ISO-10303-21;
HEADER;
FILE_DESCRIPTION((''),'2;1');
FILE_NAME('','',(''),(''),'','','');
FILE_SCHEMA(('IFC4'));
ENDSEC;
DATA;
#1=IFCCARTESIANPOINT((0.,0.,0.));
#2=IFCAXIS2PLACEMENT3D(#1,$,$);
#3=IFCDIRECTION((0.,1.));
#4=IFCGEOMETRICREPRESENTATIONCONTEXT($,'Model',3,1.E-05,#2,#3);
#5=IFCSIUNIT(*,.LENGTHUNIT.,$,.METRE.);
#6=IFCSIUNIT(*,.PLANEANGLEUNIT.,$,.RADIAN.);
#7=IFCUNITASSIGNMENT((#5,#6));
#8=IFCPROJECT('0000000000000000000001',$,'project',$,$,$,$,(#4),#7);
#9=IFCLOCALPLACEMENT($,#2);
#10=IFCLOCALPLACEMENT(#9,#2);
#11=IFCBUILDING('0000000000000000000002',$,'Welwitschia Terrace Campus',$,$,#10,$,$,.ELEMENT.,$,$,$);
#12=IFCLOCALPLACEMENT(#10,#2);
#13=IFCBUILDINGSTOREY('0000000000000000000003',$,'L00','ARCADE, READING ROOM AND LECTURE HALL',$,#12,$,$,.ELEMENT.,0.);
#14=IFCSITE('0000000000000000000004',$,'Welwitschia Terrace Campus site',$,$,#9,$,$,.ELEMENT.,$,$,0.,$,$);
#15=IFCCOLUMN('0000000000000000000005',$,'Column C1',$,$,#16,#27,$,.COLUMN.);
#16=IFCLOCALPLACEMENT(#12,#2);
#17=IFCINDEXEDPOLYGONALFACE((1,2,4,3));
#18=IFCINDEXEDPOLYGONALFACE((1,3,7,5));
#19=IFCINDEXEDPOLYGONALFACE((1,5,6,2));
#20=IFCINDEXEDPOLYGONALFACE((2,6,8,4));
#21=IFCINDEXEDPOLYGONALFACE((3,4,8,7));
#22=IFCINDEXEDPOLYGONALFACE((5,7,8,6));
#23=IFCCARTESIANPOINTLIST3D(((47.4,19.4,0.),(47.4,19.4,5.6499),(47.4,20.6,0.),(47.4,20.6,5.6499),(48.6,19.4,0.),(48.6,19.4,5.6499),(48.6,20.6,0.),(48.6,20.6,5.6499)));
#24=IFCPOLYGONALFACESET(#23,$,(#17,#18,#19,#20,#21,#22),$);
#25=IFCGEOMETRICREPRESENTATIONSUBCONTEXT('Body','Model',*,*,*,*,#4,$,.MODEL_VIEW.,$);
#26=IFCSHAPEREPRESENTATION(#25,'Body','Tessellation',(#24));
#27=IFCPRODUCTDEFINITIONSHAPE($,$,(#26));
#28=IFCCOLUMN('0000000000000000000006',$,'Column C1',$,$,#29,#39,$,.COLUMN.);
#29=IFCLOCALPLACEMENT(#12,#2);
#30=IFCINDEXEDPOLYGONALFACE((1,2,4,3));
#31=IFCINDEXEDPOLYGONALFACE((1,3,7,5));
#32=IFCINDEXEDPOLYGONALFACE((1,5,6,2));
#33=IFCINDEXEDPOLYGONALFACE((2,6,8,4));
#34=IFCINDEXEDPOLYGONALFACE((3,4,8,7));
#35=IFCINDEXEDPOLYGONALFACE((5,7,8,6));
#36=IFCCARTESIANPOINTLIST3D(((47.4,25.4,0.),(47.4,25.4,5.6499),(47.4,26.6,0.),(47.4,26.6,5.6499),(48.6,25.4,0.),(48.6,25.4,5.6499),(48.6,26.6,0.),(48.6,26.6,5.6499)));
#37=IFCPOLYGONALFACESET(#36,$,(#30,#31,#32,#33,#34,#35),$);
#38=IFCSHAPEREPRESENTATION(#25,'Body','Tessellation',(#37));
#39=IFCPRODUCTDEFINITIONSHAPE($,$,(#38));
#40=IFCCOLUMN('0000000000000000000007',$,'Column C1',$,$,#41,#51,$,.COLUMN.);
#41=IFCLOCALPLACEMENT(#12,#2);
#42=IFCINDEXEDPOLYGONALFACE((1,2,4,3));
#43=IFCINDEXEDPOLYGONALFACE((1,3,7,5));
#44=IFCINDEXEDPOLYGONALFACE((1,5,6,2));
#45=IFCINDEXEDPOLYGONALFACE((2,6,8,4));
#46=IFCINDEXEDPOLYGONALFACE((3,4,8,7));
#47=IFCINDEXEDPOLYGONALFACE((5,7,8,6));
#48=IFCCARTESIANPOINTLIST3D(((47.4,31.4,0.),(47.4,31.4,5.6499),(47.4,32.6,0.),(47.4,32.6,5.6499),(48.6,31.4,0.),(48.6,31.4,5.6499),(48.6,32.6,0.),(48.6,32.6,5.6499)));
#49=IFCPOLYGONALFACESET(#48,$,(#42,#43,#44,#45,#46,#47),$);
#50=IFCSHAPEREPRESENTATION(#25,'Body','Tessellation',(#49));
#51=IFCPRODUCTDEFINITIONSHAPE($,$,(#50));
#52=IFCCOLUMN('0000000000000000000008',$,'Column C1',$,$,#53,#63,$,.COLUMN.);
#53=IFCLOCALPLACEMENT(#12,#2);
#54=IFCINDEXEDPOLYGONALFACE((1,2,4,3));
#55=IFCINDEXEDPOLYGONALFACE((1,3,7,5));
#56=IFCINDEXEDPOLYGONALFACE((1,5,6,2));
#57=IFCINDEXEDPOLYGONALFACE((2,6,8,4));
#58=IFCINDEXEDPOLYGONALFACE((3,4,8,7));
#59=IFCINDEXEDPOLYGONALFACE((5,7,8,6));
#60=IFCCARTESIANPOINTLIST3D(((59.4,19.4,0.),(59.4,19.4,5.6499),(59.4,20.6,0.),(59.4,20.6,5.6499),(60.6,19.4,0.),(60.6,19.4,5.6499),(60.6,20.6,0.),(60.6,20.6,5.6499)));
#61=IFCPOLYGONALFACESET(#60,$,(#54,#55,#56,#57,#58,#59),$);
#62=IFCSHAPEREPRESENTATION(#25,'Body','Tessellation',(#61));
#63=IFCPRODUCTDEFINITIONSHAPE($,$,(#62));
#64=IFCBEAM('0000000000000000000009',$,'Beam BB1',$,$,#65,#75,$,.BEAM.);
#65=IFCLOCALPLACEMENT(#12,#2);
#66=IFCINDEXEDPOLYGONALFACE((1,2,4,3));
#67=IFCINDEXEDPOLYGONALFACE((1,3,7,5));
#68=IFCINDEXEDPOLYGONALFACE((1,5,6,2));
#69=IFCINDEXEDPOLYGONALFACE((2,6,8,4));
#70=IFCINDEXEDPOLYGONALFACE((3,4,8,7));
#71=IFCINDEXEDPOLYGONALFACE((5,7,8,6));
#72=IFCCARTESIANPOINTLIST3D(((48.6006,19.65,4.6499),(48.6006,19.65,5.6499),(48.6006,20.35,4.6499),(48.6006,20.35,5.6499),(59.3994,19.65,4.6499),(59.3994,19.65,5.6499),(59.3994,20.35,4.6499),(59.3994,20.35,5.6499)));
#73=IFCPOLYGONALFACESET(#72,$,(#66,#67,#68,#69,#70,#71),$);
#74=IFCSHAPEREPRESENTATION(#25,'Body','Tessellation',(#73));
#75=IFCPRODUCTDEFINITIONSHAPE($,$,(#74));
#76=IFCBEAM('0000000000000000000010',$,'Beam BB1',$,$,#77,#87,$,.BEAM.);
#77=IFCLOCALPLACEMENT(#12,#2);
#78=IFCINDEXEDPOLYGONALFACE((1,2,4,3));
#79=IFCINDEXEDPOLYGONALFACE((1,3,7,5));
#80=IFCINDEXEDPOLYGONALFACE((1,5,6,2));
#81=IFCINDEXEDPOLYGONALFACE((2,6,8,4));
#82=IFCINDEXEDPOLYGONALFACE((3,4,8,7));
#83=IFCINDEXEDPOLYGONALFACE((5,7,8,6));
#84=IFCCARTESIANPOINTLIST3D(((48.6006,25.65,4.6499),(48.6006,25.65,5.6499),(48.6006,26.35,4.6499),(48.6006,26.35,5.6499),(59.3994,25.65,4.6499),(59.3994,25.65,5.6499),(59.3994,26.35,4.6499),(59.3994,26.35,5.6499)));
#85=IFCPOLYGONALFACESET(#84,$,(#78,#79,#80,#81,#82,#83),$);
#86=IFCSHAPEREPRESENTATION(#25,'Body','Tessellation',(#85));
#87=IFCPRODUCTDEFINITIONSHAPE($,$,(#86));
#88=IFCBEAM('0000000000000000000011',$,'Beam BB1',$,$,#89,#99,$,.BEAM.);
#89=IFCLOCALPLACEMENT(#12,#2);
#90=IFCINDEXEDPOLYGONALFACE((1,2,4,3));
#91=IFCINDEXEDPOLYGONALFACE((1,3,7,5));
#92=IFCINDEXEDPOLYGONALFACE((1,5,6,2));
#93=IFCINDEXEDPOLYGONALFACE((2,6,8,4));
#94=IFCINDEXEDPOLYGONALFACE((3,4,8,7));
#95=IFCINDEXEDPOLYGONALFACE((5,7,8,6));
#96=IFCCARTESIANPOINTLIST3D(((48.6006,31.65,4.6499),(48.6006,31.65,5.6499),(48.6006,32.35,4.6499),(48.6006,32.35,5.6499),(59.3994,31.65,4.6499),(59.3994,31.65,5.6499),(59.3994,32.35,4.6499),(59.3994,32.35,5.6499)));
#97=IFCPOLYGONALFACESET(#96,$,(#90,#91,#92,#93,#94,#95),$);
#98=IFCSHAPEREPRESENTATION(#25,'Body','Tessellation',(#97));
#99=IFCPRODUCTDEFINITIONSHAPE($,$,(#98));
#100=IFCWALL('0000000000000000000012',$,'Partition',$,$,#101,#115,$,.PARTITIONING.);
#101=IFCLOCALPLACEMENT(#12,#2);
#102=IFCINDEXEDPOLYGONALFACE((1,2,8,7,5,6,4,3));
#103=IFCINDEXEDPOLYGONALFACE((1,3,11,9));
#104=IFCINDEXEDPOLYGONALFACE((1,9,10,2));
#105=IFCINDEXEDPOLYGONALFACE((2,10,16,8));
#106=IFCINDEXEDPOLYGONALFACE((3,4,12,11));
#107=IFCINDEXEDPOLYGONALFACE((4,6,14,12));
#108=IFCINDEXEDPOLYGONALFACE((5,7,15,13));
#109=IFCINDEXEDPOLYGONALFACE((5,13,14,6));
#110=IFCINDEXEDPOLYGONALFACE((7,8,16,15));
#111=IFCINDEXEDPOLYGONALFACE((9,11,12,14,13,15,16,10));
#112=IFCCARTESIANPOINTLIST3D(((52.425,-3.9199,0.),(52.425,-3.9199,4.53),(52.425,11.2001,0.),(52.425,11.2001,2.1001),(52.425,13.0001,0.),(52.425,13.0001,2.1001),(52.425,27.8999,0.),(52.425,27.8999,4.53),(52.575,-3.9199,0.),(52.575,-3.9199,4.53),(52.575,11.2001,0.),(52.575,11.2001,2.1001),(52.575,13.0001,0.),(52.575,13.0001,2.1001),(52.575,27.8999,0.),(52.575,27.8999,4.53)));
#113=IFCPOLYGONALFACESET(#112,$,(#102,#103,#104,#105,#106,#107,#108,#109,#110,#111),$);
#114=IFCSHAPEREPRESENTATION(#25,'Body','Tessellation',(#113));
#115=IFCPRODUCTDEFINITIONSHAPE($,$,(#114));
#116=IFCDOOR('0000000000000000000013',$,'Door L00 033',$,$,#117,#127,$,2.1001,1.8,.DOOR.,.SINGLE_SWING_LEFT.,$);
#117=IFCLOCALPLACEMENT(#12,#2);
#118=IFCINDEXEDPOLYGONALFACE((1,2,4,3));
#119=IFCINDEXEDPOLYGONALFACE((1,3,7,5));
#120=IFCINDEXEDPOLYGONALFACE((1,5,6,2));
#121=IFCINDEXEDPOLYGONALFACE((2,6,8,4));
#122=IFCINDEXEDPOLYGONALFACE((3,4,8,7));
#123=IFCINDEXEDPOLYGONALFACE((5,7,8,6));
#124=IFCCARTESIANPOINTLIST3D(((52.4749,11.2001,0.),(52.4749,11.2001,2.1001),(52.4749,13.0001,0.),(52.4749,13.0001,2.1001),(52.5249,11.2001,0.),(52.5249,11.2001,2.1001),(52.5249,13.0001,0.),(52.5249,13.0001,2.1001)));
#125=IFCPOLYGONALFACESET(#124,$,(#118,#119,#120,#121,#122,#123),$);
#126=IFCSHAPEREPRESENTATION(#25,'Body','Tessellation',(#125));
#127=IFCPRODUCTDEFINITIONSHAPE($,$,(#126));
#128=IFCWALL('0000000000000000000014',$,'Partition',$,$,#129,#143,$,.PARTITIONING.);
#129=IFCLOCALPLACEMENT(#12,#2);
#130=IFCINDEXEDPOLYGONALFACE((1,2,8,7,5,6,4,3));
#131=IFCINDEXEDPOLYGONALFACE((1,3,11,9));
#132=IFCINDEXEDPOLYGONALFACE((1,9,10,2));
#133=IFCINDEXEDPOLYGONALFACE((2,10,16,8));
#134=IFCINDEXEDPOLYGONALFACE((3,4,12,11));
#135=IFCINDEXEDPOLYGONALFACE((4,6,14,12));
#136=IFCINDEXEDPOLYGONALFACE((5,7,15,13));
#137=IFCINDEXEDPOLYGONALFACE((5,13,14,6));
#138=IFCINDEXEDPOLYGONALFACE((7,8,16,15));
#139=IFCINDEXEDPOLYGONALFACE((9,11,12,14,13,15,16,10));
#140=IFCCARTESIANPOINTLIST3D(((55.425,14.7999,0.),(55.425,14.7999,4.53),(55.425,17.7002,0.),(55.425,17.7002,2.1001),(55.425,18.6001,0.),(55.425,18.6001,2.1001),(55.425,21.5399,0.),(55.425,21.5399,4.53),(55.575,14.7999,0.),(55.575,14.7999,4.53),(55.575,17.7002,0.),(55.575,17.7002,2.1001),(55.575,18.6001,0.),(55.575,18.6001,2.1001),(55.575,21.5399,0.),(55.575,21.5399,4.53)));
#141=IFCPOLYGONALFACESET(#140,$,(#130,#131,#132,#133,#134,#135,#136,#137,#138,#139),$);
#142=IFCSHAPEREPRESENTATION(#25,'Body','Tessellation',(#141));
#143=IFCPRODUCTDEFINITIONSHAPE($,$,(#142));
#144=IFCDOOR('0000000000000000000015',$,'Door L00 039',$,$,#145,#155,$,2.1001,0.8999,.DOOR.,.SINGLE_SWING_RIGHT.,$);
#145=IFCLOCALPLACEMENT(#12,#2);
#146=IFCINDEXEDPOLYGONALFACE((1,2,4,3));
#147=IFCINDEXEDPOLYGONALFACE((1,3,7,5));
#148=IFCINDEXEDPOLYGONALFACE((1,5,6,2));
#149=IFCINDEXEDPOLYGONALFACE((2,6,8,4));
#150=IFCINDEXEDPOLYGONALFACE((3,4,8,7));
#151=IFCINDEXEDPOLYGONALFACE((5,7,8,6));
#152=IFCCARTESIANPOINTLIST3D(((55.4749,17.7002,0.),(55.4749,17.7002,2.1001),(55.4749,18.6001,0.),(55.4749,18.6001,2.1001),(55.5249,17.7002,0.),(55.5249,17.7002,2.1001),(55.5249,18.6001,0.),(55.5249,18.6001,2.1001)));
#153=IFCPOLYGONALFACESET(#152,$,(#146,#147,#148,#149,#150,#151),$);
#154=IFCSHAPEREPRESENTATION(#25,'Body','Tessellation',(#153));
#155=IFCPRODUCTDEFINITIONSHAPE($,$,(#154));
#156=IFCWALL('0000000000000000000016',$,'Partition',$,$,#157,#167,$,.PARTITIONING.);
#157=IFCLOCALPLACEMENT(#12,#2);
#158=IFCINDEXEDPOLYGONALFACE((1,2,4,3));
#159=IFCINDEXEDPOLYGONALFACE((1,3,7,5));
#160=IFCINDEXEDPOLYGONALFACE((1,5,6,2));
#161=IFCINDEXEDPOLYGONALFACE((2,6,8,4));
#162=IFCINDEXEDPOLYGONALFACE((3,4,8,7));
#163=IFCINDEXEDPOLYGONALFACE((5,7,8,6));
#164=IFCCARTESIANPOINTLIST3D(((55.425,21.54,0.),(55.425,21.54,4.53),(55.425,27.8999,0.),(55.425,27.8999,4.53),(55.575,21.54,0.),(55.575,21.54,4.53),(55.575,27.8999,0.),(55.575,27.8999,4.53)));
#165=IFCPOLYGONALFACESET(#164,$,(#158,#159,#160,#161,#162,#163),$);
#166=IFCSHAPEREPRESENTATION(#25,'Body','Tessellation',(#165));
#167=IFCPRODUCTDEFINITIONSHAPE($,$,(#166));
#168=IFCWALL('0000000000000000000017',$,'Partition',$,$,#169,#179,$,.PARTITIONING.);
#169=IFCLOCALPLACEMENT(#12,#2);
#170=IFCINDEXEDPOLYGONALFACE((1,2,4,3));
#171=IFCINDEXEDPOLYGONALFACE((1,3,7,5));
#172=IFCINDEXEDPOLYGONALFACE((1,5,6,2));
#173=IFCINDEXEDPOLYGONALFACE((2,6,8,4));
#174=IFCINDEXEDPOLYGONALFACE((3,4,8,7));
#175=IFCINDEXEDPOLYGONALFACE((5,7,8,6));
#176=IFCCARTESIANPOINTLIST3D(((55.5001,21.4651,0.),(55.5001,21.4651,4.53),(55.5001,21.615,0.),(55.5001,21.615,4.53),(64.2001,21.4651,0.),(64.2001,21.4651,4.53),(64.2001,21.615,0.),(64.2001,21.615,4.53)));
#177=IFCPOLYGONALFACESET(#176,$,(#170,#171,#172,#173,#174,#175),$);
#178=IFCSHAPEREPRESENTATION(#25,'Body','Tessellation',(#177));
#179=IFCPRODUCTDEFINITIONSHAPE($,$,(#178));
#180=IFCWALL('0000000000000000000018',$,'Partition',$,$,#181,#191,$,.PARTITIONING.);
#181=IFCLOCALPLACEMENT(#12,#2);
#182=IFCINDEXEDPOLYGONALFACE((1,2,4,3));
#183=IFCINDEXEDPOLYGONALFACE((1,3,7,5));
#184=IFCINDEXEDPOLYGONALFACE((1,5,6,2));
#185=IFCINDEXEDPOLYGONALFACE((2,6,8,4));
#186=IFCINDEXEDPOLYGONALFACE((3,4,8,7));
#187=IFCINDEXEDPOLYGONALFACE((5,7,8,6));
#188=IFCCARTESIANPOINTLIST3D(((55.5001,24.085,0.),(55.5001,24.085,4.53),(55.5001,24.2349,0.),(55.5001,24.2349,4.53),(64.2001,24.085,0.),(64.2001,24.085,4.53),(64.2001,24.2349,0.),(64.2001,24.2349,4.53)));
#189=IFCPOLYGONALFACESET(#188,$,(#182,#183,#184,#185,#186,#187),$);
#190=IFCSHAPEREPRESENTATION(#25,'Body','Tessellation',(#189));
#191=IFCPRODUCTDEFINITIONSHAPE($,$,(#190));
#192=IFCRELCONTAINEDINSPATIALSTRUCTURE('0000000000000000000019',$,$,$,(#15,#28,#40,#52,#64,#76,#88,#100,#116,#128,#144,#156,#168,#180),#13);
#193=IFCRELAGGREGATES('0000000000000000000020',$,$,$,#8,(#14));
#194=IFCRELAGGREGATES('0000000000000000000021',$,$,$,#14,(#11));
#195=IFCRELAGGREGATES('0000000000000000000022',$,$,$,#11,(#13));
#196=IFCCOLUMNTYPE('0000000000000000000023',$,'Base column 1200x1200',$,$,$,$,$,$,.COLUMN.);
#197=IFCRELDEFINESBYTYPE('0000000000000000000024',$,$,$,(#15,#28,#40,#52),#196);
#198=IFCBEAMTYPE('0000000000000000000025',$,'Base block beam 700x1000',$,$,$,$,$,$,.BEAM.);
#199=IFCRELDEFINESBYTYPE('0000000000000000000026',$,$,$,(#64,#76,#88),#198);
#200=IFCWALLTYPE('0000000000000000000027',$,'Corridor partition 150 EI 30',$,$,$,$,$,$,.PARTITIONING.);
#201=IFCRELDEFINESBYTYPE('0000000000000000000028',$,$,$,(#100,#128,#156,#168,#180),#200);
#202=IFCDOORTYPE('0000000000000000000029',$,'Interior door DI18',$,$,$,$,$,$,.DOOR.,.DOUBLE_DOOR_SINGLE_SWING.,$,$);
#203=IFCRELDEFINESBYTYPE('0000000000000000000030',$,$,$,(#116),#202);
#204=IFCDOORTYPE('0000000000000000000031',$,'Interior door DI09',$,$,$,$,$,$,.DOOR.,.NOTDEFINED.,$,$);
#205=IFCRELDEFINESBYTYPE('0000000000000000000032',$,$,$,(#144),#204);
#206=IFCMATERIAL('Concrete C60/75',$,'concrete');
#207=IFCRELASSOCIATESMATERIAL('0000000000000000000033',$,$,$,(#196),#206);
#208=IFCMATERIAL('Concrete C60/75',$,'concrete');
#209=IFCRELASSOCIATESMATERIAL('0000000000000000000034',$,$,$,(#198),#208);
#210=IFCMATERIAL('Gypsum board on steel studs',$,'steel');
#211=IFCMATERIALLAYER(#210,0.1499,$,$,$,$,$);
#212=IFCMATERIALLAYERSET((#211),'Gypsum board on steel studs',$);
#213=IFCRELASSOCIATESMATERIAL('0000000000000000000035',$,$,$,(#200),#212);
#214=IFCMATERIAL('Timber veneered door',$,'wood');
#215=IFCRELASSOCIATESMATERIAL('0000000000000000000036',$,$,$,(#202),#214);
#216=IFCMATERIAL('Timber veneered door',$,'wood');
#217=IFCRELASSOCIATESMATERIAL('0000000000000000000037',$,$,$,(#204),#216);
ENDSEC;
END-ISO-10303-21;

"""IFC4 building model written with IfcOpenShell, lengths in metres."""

from ifc_helpers import new_model, si_unit, direction, frame, frame_2d, origin, origin_2d, place, context, subcontext, project, spatial, rectangle, extrude, material, layer, layer_set, material_profile, profile_set, type_object, element, fill, save


model = new_model("IFC4")

# Units and contexts
model_context = context("Model", 3, precision=1e-05, world=origin(), true_north=direction((0.0, 1.0)))
body_context = subcontext(model_context, "Body", "Model", "MODEL_VIEW")
ifc_project = project(units=[si_unit("LENGTHUNIT", "METRE"), si_unit("PLANEANGLEUNIT", "RADIAN")], contexts=[model_context])

# Site, building, storey
site_placement = place(None, origin())
site = spatial("IfcSite", under=ifc_project, at=site_placement, Name="Welwitschia Terrace Campus site", CompositionType="ELEMENT", RefElevation=0.0)
building_placement = place(site_placement, origin())
building = spatial("IfcBuilding", under=site, at=building_placement, Name="Welwitschia Terrace Campus", CompositionType="ELEMENT")
storey_placement = place(building_placement, origin())
storey = spatial("IfcBuildingStorey", under=building, at=storey_placement, Name="L00", Description="ARCADE, READING ROOM AND LECTURE HALL", CompositionType="ELEMENT", Elevation=0.0)

# Columns
ifc_material_1 = material(Name="Concrete C60/75", Category="concrete")
ifc_material_profile_1 = material_profile(ifc_material_1, rectangle(XDim=1.2, YDim=1.2, at=origin_2d()))
ifc_profile_set_1 = profile_set([ifc_material_profile_1], Name="Concrete C60/75")
column_type = type_object("IfcColumnType", Name="Base column 1200x1200", PredefinedType="COLUMN", material=ifc_profile_set_1)
for number, where, z_axis, x_axis, name in (
    (1, (48.0, 20.0, 0.0), (0.0, 0.0, 1.0), (1.0, 0.0, 0.0), "Column C1"),
    (2, (48.0, 26.0, 0.0), (0.0, 0.0, 1.0), (1.0, 0.0, 0.0), "Column C1"),
    (3, (48.0, 32.0, 0.0), (0.0, 0.0, 1.0), (1.0, 0.0, 0.0), "Column C1"),
    (4, (60.0, 20.0, 0.0), (0.0, 0.0, 1.0), (1.0, 0.0, 0.0), "Column C1"),
):
    element("IfcColumn", number, at=place(storey_placement, frame(where, z_axis=z_axis, x_axis=x_axis)), inside=storey, type_object=column_type, Name=name, PredefinedType="COLUMN", context=body_context, shape_type="SweptSolid", body=[
        extrude(rectangle(XDim=1.2, YDim=1.2, at=origin_2d()), origin(), (0.0, 0.0, 1.0), 5.6499),
    ])

# Beams
ifc_material_2 = material(Name="Concrete C60/75", Category="concrete")
ifc_material_profile_2 = material_profile(ifc_material_2, rectangle(XDim=0.7, YDim=1.0, at=origin_2d()))
ifc_profile_set_2 = profile_set([ifc_material_profile_2], Name="Concrete C60/75")
beam_type = type_object("IfcBeamType", Name="Base block beam 700x1000", PredefinedType="BEAM", material=ifc_profile_set_2)
for number, where, z_axis, x_axis, name in (
    (5, (48.6006, 20.0, 5.1499), (1.0, 0.0, 0.0), (0.0, 1.0, 0.0), "Beam BB1"),
    (6, (48.6006, 26.0, 5.1499), (1.0, 0.0, 0.0), (0.0, 1.0, 0.0), "Beam BB1"),
    (7, (48.6006, 32.0, 5.1499), (1.0, 0.0, 0.0), (0.0, 1.0, 0.0), "Beam BB1"),
):
    element("IfcBeam", number, at=place(storey_placement, frame(where, z_axis=z_axis, x_axis=x_axis)), inside=storey, type_object=beam_type, Name=name, PredefinedType="BEAM", context=body_context, shape_type="SweptSolid", body=[
        extrude(rectangle(XDim=0.7, YDim=1.0, at=origin_2d()), origin(), (0.0, 0.0, 1.0), 10.7988),
    ])

# Walls, openings, doors
ifc_material_3 = material(Name="Gypsum board on steel studs", Category="steel")
ifc_layer = layer(ifc_material_3, 0.1499)
ifc_layer_set = layer_set([ifc_layer], Name="Gypsum board on steel studs")
wall_type = type_object("IfcWallType", Name="Corridor partition 150 EI 30", PredefinedType="PARTITIONING", material=ifc_layer_set)
wall_1_placement = place(storey_placement, frame((52.5, 27.8999, 0.0), z_axis=(0.0, 0.0, 1.0), x_axis=(0.0, -1.0, 0.0)))
wall_1 = element("IfcWall", 8, at=wall_1_placement, inside=storey, type_object=wall_type, Name="Partition", PredefinedType="PARTITIONING", context=body_context, shape_type="SweptSolid", body=[
    extrude(rectangle(XDim=31.8198, YDim=0.1499, at=frame_2d((15.9099, 0.0))), origin(), (0.0, 0.0, 1.0), 4.53),
])
opening_1_placement = place(wall_1_placement, frame((14.8999, 0.0, 0.0)))
opening_1 = element("IfcOpeningElement", 9, at=opening_1_placement, cuts=wall_1, PredefinedType="OPENING", context=body_context, shape_type="SweptSolid", body=[
    extrude(rectangle(XDim=1.8, YDim=2.1001, at=frame_2d((0.8999, 1.05))), frame((0.0, 0.085, 0.0), z_axis=(0.0, -1.0, 0.0), x_axis=(1.0, 0.0, 0.0)), (0.0, 0.0, 1.0), 0.1699),
])
ifc_material_4 = material(Name="Timber veneered door", Category="wood")
door_type_1 = type_object("IfcDoorType", Name="Interior door DI18", OperationType="DOUBLE_DOOR_SINGLE_SWING", PredefinedType="DOOR", material=ifc_material_4)
door_1_placement = place(opening_1_placement, origin())
door_1 = element("IfcDoor", 10, at=door_1_placement, inside=storey, type_object=door_type_1, Name="Door L00 033", OperationType="SINGLE_SWING_LEFT", OverallHeight=2.1001, OverallWidth=1.8, PredefinedType="DOOR", context=body_context, shape_type="SweptSolid", body=[
    extrude(rectangle(XDim=1.8, YDim=2.1001, at=frame_2d((0.8999, 1.05))), frame((0.0, 0.0249, 0.0), z_axis=(0.0, -1.0, 0.0), x_axis=(1.0, 0.0, 0.0)), (0.0, 0.0, 1.0), 0.05),
])
fill(opening_1, door_1)
wall_2_placement = place(storey_placement, frame((55.5, 21.54, 0.0), z_axis=(0.0, 0.0, 1.0), x_axis=(0.0, -1.0, 0.0)))
wall_2 = element("IfcWall", 11, at=wall_2_placement, inside=storey, type_object=wall_type, Name="Partition", PredefinedType="PARTITIONING", context=body_context, shape_type="SweptSolid", body=[
    extrude(rectangle(XDim=6.74, YDim=0.1499, at=frame_2d((3.3701, 0.0))), origin(), (0.0, 0.0, 1.0), 4.53),
])
opening_2_placement = place(wall_2_placement, frame((2.9399, 0.0, 0.0)))
opening_2 = element("IfcOpeningElement", 12, at=opening_2_placement, cuts=wall_2, PredefinedType="OPENING", context=body_context, shape_type="SweptSolid", body=[
    extrude(rectangle(XDim=0.8999, YDim=2.1001, at=frame_2d((0.45, 1.05))), frame((0.0, 0.085, 0.0), z_axis=(0.0, -1.0, 0.0), x_axis=(1.0, 0.0, 0.0)), (0.0, 0.0, 1.0), 0.1699),
])
ifc_material_5 = material(Name="Timber veneered door", Category="wood")
door_type_2 = type_object("IfcDoorType", Name="Interior door DI09", OperationType="NOTDEFINED", PredefinedType="DOOR", material=ifc_material_5)
door_2_placement = place(opening_2_placement, origin())
door_2 = element("IfcDoor", 13, at=door_2_placement, inside=storey, type_object=door_type_2, Name="Door L00 039", OperationType="SINGLE_SWING_RIGHT", OverallHeight=2.1001, OverallWidth=0.8999, PredefinedType="DOOR", context=body_context, shape_type="SweptSolid", body=[
    extrude(rectangle(XDim=0.8999, YDim=2.1001, at=frame_2d((0.45, 1.05))), frame((0.0, 0.0249, 0.0), z_axis=(0.0, -1.0, 0.0), x_axis=(1.0, 0.0, 0.0)), (0.0, 0.0, 1.0), 0.05),
])
fill(opening_2, door_2)

# Walls
wall_3_placement = place(storey_placement, frame((55.5, 21.54, 0.0), z_axis=(0.0, 0.0, 1.0), x_axis=(0.0, 1.0, 0.0)))
element("IfcWall", 14, at=wall_3_placement, inside=storey, type_object=wall_type, Name="Partition", PredefinedType="PARTITIONING", context=body_context, shape_type="SweptSolid", body=[
    extrude(rectangle(XDim=6.3599, YDim=0.1499, at=frame_2d((3.1799, 0.0))), origin(), (0.0, 0.0, 1.0), 4.53),
])
for number, where, z_axis, x_axis, name in (
    (15, (55.5, 21.54, 0.0), (0.0, 0.0, 1.0), (1.0, 0.0, 0.0), "Partition"),
    (16, (55.5, 24.1599, 0.0), (0.0, 0.0, 1.0), (1.0, 0.0, 0.0), "Partition"),
):
    element("IfcWall", number, at=place(storey_placement, frame(where, z_axis=z_axis, x_axis=x_axis)), inside=storey, type_object=wall_type, Name=name, PredefinedType="PARTITIONING", context=body_context, shape_type="SweptSolid", body=[
        extrude(rectangle(XDim=8.7, YDim=0.1499, at=frame_2d((4.3501, 0.0))), origin(), (0.0, 0.0, 1.0), 4.53),
    ])

save(model, "model.ifc")
